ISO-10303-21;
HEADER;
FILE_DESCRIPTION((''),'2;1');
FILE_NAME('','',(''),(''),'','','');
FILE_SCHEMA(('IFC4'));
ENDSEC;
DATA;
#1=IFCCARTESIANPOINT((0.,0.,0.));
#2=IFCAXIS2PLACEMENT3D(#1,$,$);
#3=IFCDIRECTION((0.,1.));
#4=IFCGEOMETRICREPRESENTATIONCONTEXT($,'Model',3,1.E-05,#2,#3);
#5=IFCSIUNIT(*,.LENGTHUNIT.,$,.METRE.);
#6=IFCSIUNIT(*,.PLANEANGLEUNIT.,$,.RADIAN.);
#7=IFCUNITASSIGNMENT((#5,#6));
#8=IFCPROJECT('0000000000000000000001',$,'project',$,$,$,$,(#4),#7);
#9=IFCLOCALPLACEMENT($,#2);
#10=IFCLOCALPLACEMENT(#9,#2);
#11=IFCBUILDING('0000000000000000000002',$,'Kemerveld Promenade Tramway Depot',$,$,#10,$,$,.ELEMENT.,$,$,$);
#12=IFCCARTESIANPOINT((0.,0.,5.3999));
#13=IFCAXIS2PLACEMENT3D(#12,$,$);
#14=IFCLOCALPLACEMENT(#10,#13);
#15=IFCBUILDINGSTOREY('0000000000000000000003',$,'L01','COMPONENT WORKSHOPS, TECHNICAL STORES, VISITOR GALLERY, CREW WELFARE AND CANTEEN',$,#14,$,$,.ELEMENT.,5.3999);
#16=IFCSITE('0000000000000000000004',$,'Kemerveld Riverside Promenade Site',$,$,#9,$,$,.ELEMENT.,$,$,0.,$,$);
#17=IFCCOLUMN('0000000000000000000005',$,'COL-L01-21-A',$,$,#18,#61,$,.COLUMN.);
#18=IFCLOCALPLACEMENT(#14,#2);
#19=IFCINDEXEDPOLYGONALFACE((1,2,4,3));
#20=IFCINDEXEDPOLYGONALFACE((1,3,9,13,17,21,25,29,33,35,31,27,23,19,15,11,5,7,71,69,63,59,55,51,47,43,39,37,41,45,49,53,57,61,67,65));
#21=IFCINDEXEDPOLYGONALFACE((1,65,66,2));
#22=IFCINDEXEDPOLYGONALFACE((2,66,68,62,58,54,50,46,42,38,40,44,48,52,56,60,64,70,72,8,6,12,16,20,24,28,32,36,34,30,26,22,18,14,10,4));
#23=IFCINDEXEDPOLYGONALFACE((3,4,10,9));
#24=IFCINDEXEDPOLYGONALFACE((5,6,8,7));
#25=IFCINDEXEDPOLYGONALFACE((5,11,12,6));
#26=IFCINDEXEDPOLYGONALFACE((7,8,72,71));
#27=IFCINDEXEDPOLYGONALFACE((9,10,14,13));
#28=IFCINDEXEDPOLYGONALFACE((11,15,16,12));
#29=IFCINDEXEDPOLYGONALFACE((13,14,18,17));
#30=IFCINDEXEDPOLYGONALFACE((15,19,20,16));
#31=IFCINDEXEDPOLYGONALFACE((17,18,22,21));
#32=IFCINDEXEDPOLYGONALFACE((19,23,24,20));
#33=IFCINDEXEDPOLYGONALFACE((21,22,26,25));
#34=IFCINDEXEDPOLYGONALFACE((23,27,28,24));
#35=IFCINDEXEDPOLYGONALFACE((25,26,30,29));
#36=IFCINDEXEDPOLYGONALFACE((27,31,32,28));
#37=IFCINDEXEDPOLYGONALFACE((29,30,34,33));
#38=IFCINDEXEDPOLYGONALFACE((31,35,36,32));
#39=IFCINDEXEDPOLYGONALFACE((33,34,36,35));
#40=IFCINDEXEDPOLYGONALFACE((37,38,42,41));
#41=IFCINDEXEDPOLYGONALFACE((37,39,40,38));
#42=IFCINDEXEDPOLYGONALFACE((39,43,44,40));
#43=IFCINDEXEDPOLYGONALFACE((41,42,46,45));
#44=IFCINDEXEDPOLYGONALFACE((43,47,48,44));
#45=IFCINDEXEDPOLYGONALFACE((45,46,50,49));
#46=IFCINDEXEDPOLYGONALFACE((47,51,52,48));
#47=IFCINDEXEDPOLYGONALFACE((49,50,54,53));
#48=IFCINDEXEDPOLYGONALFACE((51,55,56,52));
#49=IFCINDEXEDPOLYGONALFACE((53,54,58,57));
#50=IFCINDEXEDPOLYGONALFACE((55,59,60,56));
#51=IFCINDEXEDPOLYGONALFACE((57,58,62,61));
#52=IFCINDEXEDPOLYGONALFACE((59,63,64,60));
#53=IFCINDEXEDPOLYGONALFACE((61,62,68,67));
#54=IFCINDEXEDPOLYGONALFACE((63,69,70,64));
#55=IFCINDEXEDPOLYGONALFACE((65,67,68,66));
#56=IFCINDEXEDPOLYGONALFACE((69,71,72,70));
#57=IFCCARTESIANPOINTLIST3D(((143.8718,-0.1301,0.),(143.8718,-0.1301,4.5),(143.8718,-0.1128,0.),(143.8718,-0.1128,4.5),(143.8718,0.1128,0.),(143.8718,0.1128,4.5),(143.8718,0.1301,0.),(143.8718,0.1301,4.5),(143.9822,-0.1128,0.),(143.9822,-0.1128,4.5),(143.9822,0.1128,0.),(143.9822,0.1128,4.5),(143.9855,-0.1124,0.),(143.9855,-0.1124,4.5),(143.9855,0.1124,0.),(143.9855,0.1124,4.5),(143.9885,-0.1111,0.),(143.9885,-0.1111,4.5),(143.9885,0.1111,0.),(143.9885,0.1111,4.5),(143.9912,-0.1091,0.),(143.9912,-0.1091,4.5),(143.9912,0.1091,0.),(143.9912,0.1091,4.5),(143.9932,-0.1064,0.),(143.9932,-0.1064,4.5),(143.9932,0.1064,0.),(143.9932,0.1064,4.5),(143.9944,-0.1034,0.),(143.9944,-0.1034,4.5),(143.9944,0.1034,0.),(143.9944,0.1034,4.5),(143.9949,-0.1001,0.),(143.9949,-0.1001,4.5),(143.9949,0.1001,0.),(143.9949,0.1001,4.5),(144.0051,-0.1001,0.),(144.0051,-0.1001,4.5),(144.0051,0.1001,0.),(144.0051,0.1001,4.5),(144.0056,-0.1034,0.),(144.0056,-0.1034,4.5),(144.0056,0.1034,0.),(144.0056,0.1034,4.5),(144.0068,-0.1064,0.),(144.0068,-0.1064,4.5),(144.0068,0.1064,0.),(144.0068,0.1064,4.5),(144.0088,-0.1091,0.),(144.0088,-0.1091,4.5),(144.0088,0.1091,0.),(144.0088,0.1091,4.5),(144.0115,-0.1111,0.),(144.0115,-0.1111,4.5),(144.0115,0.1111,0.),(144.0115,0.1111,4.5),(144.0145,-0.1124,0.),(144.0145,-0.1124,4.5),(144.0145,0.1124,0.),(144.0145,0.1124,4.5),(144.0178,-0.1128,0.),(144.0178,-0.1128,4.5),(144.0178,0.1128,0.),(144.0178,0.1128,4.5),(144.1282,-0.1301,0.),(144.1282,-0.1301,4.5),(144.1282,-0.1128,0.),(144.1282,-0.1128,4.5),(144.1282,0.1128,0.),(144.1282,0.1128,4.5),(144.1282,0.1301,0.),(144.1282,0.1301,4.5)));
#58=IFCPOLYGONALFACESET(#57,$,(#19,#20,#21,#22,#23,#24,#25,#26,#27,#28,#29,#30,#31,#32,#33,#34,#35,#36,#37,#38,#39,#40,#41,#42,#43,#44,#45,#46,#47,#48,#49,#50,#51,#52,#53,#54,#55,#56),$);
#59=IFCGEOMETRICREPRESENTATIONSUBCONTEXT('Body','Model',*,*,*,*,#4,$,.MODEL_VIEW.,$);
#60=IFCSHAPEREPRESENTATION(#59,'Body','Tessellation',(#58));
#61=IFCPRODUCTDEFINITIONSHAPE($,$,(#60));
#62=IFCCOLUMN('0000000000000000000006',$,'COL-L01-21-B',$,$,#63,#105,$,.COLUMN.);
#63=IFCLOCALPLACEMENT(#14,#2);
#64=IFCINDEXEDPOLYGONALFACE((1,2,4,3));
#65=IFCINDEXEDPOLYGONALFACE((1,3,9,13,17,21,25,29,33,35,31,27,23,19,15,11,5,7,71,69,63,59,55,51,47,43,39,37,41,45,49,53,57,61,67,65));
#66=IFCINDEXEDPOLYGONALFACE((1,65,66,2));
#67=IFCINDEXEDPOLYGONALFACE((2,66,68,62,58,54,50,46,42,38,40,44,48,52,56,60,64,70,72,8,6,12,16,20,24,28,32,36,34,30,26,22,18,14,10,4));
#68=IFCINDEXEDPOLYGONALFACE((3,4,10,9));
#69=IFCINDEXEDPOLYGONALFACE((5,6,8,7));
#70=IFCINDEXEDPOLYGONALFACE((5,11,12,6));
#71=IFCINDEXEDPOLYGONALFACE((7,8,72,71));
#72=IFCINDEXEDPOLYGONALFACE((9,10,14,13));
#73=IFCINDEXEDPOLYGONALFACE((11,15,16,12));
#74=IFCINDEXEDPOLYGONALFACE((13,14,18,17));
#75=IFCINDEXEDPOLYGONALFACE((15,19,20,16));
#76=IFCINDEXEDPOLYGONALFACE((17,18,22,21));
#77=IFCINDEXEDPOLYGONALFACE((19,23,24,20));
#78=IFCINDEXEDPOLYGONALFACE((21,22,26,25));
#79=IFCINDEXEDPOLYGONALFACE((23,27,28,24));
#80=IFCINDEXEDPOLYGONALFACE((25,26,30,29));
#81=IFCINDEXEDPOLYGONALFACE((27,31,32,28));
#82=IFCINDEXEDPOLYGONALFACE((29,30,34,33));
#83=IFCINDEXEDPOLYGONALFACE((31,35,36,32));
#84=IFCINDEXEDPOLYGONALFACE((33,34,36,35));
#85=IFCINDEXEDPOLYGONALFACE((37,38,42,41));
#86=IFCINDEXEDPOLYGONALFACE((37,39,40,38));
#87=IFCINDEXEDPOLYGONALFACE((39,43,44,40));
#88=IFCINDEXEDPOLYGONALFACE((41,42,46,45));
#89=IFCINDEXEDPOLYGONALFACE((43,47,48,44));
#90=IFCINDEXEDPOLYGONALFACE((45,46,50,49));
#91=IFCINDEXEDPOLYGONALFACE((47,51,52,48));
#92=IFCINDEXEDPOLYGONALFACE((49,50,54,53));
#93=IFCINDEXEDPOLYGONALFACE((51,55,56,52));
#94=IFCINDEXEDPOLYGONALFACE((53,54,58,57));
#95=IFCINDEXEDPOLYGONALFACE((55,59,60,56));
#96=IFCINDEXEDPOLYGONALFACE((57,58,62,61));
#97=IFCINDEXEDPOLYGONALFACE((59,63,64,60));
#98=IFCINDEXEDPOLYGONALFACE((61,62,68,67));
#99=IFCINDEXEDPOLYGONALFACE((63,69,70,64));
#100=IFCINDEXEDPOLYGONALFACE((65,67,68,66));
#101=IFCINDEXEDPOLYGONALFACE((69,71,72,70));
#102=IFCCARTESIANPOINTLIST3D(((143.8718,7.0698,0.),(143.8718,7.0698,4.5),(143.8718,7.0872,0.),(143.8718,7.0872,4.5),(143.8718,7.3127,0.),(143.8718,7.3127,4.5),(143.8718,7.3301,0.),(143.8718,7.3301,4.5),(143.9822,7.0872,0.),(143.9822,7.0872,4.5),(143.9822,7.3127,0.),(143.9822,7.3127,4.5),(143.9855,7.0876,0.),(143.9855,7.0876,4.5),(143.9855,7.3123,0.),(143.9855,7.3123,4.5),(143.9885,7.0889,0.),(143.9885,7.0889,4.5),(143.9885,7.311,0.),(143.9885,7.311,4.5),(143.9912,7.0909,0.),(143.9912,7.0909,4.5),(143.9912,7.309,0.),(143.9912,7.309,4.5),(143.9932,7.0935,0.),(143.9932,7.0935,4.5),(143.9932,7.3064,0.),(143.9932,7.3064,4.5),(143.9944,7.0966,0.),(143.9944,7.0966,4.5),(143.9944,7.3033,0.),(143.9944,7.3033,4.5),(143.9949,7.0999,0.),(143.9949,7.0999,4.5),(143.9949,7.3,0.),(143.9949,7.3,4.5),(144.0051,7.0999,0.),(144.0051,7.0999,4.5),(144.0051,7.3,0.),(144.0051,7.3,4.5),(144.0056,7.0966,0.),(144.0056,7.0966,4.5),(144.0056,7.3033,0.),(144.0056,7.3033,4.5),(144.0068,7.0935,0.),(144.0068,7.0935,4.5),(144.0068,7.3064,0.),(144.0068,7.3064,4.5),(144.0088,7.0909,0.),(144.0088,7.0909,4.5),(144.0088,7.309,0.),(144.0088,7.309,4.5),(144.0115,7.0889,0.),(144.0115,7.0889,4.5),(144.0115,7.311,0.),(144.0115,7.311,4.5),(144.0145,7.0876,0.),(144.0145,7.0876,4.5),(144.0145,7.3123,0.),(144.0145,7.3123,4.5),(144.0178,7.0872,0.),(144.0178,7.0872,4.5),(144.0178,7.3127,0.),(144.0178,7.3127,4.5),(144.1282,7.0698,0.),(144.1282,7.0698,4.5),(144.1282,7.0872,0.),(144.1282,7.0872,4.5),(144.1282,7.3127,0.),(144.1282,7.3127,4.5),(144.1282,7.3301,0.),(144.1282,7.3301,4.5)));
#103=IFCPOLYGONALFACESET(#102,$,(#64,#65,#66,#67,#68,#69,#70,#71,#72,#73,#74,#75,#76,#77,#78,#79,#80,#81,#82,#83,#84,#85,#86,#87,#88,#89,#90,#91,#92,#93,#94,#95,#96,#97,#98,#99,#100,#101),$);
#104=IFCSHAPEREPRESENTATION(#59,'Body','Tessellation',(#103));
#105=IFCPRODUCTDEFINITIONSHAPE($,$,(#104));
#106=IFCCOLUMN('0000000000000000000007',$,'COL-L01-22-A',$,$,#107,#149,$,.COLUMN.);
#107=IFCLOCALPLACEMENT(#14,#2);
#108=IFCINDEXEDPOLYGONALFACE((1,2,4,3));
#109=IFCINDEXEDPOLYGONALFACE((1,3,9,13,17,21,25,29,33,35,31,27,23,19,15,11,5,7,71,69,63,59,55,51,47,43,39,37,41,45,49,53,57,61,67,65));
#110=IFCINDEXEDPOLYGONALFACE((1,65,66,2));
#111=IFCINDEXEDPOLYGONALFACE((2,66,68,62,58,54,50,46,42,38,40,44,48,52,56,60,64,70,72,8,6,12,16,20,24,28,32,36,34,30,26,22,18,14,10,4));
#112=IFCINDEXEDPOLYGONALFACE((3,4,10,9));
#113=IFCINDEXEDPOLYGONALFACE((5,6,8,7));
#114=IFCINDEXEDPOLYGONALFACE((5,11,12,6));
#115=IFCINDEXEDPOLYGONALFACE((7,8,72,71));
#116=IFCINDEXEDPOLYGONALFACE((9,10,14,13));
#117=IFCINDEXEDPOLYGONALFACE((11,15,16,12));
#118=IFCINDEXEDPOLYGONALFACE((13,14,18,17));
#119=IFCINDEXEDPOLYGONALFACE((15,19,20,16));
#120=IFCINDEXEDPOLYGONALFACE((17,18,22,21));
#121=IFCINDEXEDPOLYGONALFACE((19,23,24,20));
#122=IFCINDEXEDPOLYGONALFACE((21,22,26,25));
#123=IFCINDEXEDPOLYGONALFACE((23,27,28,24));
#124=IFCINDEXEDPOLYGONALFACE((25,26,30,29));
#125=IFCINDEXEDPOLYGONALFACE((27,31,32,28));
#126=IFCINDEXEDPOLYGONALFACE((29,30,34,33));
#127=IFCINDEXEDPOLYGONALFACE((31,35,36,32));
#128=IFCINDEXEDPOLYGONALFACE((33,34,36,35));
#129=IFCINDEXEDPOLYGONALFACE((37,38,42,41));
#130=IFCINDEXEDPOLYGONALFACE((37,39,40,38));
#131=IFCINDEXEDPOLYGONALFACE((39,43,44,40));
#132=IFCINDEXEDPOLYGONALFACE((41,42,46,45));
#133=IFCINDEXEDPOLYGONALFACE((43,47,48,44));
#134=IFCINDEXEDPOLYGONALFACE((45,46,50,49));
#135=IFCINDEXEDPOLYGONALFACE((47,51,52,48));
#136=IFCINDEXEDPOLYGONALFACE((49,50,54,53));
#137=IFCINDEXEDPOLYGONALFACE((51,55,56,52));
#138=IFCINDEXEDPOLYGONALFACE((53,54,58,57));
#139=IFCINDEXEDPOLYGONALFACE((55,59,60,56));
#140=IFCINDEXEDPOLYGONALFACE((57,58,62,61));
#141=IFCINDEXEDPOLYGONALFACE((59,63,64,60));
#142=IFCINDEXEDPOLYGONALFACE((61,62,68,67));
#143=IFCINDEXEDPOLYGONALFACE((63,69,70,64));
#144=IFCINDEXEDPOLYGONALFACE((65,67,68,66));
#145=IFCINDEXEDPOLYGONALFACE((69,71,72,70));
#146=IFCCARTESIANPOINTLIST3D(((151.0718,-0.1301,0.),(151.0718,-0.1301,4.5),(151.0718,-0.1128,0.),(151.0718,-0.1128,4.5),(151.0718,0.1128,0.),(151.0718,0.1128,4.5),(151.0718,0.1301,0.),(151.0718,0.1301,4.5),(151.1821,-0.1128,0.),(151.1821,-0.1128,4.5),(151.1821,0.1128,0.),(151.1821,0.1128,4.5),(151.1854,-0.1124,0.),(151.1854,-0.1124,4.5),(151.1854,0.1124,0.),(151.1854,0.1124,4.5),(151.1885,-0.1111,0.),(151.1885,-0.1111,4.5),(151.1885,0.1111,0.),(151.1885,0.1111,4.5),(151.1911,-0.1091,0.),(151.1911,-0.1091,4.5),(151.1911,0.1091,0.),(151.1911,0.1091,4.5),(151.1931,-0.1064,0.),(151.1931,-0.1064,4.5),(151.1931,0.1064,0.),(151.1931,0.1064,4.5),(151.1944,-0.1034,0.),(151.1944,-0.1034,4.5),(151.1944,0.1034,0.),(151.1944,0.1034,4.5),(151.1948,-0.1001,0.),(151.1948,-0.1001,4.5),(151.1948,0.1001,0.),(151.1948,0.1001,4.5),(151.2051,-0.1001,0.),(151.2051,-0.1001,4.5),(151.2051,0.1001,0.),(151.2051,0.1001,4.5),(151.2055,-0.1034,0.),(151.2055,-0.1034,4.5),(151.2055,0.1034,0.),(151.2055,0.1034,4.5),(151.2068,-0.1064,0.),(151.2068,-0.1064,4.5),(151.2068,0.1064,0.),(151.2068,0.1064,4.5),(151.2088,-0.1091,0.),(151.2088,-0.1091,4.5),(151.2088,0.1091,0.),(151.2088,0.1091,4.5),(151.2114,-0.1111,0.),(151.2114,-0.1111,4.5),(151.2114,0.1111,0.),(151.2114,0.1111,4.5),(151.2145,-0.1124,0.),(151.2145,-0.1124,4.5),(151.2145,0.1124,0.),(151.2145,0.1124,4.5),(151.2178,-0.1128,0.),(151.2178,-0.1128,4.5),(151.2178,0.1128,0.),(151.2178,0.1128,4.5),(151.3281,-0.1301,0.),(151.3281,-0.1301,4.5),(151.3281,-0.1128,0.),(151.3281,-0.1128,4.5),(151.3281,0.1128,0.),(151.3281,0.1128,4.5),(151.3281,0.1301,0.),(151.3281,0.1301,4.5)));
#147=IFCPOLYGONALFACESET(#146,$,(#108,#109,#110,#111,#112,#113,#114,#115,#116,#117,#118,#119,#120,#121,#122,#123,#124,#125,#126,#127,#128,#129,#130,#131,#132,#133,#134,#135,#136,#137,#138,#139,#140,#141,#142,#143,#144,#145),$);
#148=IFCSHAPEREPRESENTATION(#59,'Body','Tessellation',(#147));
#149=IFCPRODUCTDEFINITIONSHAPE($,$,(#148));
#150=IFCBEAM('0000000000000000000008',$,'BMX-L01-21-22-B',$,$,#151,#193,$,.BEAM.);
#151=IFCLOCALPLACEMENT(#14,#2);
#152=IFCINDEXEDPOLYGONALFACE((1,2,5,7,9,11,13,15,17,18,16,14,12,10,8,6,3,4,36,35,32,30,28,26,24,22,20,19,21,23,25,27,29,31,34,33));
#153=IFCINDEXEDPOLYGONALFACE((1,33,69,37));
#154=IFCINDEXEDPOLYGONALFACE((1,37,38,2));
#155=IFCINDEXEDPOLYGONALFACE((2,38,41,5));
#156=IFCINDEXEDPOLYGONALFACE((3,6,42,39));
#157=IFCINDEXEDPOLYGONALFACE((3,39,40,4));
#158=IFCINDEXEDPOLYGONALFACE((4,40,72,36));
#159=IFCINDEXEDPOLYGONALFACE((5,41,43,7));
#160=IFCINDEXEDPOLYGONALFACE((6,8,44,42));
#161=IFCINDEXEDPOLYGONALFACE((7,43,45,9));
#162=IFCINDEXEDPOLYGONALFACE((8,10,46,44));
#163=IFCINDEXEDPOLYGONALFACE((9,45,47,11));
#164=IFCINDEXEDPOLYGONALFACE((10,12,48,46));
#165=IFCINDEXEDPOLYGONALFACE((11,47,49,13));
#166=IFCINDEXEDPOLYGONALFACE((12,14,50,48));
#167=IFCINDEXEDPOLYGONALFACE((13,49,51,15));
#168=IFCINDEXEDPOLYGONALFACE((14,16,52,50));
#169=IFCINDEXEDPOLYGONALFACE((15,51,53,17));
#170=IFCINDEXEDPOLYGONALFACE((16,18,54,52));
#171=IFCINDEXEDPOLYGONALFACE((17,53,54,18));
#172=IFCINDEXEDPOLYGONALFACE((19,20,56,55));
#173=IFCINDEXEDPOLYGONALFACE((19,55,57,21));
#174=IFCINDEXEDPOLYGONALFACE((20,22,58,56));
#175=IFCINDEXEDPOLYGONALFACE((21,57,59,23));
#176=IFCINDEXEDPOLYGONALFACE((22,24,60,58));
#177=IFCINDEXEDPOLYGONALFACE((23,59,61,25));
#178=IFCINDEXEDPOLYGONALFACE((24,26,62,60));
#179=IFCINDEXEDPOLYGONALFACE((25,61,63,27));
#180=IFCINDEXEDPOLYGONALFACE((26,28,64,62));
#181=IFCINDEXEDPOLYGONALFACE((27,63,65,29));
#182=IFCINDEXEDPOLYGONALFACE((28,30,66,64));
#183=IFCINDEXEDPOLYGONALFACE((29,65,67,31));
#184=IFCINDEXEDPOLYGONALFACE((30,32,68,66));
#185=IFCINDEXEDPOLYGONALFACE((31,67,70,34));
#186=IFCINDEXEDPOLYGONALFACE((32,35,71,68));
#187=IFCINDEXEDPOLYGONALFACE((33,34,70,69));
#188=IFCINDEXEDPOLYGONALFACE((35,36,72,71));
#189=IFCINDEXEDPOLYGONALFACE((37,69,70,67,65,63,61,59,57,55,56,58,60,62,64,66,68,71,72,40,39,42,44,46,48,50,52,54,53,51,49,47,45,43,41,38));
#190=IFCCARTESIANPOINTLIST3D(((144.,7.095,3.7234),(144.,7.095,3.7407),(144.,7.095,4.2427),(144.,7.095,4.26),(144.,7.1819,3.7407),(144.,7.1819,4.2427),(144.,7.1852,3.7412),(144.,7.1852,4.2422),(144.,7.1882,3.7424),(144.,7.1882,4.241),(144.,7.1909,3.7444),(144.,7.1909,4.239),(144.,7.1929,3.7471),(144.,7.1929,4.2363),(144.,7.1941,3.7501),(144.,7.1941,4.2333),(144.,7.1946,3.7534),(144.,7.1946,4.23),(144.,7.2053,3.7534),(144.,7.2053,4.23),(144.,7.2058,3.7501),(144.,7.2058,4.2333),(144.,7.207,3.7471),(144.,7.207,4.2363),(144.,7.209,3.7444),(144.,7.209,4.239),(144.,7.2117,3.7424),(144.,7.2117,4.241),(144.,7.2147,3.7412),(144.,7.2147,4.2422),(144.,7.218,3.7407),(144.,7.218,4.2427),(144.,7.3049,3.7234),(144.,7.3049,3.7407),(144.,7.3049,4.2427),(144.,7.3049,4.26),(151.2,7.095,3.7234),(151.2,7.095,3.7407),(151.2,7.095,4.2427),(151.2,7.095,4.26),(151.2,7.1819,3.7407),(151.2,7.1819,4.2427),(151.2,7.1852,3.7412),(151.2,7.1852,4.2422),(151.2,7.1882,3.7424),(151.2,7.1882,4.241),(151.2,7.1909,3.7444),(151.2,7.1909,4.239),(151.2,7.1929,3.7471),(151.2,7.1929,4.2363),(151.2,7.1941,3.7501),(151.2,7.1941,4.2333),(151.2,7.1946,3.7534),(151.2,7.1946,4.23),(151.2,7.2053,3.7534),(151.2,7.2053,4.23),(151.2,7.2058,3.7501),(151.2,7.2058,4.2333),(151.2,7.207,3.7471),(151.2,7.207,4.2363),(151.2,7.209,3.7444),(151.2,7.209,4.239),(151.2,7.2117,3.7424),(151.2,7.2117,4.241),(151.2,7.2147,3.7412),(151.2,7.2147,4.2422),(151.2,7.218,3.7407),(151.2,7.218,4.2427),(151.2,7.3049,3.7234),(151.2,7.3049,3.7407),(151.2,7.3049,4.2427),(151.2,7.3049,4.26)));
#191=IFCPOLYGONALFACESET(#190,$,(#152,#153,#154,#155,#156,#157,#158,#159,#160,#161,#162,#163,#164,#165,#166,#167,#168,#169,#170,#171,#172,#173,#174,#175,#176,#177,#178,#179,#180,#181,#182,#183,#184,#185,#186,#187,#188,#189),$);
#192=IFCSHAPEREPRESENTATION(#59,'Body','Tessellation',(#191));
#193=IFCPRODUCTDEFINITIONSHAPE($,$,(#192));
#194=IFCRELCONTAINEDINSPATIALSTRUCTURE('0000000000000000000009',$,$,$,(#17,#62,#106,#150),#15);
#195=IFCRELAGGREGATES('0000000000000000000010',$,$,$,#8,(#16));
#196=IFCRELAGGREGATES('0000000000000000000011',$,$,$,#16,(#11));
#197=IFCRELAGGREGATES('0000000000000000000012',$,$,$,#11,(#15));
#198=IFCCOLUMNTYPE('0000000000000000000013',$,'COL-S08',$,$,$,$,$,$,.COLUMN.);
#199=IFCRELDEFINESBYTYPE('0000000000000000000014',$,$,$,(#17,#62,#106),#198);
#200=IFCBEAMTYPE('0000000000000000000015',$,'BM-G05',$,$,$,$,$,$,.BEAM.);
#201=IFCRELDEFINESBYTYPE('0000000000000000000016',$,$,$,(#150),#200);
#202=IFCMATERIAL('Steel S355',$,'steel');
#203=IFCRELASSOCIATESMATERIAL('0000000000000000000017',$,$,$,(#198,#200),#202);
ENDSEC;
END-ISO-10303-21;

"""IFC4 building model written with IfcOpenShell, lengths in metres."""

from ifc_helpers import new_model, si_unit, direction, frame, origin, origin_2d, place, context, subcontext, project, spatial, i_section, extrude, material, material_profile, profile_set, type_object, element, save


model = new_model("IFC4")

# Units and contexts
model_context = context("Model", 3, precision=1e-05, world=origin(), true_north=direction((0.0, 1.0)))
body_context = subcontext(model_context, "Body", "Model", "MODEL_VIEW")
ifc_project = project(units=[si_unit("LENGTHUNIT", "METRE"), si_unit("PLANEANGLEUNIT", "RADIAN")], contexts=[model_context])

# Site, building, storey
site_placement = place(None, origin())
site = spatial("IfcSite", under=ifc_project, at=site_placement, Name="Kemerveld Riverside Promenade Site", CompositionType="ELEMENT", RefElevation=0.0)
building_placement = place(site_placement, origin())
building = spatial("IfcBuilding", under=site, at=building_placement, Name="Kemerveld Promenade Tramway Depot", CompositionType="ELEMENT")
storey_placement = place(building_placement, frame((0.0, 0.0, 5.3999)))
storey = spatial("IfcBuildingStorey", under=building, at=storey_placement, Name="L01", Description="COMPONENT WORKSHOPS, TECHNICAL STORES, VISITOR GALLERY, CREW WELFARE AND CANTEEN", CompositionType="ELEMENT", Elevation=5.3999)

# Columns
ifc_material_1 = material(Name="Steel S355", Category="steel")
ifc_material_profile_1 = material_profile(ifc_material_1, i_section(OverallWidth=0.2563, OverallDepth=0.2603, WebThickness=0.0103, FlangeThickness=0.0173, FilletRadius=0.0127, at=origin_2d()), Name="254x254x89 UC")
ifc_profile_set_1 = profile_set([ifc_material_profile_1], Name="Steel S355")
column_type = type_object("IfcColumnType", Name="COL-S08", PredefinedType="COLUMN", material=ifc_profile_set_1)
for number, where, z_axis, x_axis, name in (
    (1, (144.0, 0.0, 0.0), (0.0, 0.0, 1.0), (1.0, 0.0, 0.0), "COL-L01-21-A"),
    (2, (144.0, 7.2, 0.0), (0.0, 0.0, 1.0), (1.0, 0.0, 0.0), "COL-L01-21-B"),
    (3, (151.2, 0.0, 0.0), (0.0, 0.0, 1.0), (1.0, 0.0, 0.0), "COL-L01-22-A"),
):
    element("IfcColumn", number, at=place(storey_placement, frame(where, z_axis=z_axis, x_axis=x_axis)), inside=storey, type_object=column_type, Name=name, PredefinedType="COLUMN", context=body_context, shape_type="SweptSolid", body=[
        extrude(i_section(OverallWidth=0.2563, OverallDepth=0.2603, WebThickness=0.0103, FlangeThickness=0.0173, FilletRadius=0.0127, at=origin_2d()), origin(), (0.0, 0.0, 1.0), 4.5),
    ])

# Beam
ifc_material_profile_2 = material_profile(ifc_material_1, i_section(OverallWidth=0.21, OverallDepth=0.5366, WebThickness=0.0107, FlangeThickness=0.0173, FilletRadius=0.0127, at=origin_2d()), Name="533x210x101 UB")
ifc_profile_set_2 = profile_set([ifc_material_profile_2], Name="Steel S355")
beam_type_1 = type_object("IfcBeamType", Name="BM-G05", PredefinedType="BEAM", material=ifc_profile_set_2)
beam_1_placement = place(storey_placement, frame((144.0, 7.2, 3.9917), z_axis=(1.0, 0.0, 0.0), x_axis=(0.0, 1.0, 0.0)))
element("IfcBeam", 4, at=beam_1_placement, inside=storey, type_object=beam_type_1, Name="BMX-L01-21-22-B", PredefinedType="BEAM", context=body_context, shape_type="SweptSolid", body=[
    extrude(i_section(OverallWidth=0.21, OverallDepth=0.5366, WebThickness=0.0107, FlangeThickness=0.0173, FilletRadius=0.0127, at=origin_2d()), origin(), (0.0, 0.0, 1.0), 7.2),
])

save(model, "model.ifc")
